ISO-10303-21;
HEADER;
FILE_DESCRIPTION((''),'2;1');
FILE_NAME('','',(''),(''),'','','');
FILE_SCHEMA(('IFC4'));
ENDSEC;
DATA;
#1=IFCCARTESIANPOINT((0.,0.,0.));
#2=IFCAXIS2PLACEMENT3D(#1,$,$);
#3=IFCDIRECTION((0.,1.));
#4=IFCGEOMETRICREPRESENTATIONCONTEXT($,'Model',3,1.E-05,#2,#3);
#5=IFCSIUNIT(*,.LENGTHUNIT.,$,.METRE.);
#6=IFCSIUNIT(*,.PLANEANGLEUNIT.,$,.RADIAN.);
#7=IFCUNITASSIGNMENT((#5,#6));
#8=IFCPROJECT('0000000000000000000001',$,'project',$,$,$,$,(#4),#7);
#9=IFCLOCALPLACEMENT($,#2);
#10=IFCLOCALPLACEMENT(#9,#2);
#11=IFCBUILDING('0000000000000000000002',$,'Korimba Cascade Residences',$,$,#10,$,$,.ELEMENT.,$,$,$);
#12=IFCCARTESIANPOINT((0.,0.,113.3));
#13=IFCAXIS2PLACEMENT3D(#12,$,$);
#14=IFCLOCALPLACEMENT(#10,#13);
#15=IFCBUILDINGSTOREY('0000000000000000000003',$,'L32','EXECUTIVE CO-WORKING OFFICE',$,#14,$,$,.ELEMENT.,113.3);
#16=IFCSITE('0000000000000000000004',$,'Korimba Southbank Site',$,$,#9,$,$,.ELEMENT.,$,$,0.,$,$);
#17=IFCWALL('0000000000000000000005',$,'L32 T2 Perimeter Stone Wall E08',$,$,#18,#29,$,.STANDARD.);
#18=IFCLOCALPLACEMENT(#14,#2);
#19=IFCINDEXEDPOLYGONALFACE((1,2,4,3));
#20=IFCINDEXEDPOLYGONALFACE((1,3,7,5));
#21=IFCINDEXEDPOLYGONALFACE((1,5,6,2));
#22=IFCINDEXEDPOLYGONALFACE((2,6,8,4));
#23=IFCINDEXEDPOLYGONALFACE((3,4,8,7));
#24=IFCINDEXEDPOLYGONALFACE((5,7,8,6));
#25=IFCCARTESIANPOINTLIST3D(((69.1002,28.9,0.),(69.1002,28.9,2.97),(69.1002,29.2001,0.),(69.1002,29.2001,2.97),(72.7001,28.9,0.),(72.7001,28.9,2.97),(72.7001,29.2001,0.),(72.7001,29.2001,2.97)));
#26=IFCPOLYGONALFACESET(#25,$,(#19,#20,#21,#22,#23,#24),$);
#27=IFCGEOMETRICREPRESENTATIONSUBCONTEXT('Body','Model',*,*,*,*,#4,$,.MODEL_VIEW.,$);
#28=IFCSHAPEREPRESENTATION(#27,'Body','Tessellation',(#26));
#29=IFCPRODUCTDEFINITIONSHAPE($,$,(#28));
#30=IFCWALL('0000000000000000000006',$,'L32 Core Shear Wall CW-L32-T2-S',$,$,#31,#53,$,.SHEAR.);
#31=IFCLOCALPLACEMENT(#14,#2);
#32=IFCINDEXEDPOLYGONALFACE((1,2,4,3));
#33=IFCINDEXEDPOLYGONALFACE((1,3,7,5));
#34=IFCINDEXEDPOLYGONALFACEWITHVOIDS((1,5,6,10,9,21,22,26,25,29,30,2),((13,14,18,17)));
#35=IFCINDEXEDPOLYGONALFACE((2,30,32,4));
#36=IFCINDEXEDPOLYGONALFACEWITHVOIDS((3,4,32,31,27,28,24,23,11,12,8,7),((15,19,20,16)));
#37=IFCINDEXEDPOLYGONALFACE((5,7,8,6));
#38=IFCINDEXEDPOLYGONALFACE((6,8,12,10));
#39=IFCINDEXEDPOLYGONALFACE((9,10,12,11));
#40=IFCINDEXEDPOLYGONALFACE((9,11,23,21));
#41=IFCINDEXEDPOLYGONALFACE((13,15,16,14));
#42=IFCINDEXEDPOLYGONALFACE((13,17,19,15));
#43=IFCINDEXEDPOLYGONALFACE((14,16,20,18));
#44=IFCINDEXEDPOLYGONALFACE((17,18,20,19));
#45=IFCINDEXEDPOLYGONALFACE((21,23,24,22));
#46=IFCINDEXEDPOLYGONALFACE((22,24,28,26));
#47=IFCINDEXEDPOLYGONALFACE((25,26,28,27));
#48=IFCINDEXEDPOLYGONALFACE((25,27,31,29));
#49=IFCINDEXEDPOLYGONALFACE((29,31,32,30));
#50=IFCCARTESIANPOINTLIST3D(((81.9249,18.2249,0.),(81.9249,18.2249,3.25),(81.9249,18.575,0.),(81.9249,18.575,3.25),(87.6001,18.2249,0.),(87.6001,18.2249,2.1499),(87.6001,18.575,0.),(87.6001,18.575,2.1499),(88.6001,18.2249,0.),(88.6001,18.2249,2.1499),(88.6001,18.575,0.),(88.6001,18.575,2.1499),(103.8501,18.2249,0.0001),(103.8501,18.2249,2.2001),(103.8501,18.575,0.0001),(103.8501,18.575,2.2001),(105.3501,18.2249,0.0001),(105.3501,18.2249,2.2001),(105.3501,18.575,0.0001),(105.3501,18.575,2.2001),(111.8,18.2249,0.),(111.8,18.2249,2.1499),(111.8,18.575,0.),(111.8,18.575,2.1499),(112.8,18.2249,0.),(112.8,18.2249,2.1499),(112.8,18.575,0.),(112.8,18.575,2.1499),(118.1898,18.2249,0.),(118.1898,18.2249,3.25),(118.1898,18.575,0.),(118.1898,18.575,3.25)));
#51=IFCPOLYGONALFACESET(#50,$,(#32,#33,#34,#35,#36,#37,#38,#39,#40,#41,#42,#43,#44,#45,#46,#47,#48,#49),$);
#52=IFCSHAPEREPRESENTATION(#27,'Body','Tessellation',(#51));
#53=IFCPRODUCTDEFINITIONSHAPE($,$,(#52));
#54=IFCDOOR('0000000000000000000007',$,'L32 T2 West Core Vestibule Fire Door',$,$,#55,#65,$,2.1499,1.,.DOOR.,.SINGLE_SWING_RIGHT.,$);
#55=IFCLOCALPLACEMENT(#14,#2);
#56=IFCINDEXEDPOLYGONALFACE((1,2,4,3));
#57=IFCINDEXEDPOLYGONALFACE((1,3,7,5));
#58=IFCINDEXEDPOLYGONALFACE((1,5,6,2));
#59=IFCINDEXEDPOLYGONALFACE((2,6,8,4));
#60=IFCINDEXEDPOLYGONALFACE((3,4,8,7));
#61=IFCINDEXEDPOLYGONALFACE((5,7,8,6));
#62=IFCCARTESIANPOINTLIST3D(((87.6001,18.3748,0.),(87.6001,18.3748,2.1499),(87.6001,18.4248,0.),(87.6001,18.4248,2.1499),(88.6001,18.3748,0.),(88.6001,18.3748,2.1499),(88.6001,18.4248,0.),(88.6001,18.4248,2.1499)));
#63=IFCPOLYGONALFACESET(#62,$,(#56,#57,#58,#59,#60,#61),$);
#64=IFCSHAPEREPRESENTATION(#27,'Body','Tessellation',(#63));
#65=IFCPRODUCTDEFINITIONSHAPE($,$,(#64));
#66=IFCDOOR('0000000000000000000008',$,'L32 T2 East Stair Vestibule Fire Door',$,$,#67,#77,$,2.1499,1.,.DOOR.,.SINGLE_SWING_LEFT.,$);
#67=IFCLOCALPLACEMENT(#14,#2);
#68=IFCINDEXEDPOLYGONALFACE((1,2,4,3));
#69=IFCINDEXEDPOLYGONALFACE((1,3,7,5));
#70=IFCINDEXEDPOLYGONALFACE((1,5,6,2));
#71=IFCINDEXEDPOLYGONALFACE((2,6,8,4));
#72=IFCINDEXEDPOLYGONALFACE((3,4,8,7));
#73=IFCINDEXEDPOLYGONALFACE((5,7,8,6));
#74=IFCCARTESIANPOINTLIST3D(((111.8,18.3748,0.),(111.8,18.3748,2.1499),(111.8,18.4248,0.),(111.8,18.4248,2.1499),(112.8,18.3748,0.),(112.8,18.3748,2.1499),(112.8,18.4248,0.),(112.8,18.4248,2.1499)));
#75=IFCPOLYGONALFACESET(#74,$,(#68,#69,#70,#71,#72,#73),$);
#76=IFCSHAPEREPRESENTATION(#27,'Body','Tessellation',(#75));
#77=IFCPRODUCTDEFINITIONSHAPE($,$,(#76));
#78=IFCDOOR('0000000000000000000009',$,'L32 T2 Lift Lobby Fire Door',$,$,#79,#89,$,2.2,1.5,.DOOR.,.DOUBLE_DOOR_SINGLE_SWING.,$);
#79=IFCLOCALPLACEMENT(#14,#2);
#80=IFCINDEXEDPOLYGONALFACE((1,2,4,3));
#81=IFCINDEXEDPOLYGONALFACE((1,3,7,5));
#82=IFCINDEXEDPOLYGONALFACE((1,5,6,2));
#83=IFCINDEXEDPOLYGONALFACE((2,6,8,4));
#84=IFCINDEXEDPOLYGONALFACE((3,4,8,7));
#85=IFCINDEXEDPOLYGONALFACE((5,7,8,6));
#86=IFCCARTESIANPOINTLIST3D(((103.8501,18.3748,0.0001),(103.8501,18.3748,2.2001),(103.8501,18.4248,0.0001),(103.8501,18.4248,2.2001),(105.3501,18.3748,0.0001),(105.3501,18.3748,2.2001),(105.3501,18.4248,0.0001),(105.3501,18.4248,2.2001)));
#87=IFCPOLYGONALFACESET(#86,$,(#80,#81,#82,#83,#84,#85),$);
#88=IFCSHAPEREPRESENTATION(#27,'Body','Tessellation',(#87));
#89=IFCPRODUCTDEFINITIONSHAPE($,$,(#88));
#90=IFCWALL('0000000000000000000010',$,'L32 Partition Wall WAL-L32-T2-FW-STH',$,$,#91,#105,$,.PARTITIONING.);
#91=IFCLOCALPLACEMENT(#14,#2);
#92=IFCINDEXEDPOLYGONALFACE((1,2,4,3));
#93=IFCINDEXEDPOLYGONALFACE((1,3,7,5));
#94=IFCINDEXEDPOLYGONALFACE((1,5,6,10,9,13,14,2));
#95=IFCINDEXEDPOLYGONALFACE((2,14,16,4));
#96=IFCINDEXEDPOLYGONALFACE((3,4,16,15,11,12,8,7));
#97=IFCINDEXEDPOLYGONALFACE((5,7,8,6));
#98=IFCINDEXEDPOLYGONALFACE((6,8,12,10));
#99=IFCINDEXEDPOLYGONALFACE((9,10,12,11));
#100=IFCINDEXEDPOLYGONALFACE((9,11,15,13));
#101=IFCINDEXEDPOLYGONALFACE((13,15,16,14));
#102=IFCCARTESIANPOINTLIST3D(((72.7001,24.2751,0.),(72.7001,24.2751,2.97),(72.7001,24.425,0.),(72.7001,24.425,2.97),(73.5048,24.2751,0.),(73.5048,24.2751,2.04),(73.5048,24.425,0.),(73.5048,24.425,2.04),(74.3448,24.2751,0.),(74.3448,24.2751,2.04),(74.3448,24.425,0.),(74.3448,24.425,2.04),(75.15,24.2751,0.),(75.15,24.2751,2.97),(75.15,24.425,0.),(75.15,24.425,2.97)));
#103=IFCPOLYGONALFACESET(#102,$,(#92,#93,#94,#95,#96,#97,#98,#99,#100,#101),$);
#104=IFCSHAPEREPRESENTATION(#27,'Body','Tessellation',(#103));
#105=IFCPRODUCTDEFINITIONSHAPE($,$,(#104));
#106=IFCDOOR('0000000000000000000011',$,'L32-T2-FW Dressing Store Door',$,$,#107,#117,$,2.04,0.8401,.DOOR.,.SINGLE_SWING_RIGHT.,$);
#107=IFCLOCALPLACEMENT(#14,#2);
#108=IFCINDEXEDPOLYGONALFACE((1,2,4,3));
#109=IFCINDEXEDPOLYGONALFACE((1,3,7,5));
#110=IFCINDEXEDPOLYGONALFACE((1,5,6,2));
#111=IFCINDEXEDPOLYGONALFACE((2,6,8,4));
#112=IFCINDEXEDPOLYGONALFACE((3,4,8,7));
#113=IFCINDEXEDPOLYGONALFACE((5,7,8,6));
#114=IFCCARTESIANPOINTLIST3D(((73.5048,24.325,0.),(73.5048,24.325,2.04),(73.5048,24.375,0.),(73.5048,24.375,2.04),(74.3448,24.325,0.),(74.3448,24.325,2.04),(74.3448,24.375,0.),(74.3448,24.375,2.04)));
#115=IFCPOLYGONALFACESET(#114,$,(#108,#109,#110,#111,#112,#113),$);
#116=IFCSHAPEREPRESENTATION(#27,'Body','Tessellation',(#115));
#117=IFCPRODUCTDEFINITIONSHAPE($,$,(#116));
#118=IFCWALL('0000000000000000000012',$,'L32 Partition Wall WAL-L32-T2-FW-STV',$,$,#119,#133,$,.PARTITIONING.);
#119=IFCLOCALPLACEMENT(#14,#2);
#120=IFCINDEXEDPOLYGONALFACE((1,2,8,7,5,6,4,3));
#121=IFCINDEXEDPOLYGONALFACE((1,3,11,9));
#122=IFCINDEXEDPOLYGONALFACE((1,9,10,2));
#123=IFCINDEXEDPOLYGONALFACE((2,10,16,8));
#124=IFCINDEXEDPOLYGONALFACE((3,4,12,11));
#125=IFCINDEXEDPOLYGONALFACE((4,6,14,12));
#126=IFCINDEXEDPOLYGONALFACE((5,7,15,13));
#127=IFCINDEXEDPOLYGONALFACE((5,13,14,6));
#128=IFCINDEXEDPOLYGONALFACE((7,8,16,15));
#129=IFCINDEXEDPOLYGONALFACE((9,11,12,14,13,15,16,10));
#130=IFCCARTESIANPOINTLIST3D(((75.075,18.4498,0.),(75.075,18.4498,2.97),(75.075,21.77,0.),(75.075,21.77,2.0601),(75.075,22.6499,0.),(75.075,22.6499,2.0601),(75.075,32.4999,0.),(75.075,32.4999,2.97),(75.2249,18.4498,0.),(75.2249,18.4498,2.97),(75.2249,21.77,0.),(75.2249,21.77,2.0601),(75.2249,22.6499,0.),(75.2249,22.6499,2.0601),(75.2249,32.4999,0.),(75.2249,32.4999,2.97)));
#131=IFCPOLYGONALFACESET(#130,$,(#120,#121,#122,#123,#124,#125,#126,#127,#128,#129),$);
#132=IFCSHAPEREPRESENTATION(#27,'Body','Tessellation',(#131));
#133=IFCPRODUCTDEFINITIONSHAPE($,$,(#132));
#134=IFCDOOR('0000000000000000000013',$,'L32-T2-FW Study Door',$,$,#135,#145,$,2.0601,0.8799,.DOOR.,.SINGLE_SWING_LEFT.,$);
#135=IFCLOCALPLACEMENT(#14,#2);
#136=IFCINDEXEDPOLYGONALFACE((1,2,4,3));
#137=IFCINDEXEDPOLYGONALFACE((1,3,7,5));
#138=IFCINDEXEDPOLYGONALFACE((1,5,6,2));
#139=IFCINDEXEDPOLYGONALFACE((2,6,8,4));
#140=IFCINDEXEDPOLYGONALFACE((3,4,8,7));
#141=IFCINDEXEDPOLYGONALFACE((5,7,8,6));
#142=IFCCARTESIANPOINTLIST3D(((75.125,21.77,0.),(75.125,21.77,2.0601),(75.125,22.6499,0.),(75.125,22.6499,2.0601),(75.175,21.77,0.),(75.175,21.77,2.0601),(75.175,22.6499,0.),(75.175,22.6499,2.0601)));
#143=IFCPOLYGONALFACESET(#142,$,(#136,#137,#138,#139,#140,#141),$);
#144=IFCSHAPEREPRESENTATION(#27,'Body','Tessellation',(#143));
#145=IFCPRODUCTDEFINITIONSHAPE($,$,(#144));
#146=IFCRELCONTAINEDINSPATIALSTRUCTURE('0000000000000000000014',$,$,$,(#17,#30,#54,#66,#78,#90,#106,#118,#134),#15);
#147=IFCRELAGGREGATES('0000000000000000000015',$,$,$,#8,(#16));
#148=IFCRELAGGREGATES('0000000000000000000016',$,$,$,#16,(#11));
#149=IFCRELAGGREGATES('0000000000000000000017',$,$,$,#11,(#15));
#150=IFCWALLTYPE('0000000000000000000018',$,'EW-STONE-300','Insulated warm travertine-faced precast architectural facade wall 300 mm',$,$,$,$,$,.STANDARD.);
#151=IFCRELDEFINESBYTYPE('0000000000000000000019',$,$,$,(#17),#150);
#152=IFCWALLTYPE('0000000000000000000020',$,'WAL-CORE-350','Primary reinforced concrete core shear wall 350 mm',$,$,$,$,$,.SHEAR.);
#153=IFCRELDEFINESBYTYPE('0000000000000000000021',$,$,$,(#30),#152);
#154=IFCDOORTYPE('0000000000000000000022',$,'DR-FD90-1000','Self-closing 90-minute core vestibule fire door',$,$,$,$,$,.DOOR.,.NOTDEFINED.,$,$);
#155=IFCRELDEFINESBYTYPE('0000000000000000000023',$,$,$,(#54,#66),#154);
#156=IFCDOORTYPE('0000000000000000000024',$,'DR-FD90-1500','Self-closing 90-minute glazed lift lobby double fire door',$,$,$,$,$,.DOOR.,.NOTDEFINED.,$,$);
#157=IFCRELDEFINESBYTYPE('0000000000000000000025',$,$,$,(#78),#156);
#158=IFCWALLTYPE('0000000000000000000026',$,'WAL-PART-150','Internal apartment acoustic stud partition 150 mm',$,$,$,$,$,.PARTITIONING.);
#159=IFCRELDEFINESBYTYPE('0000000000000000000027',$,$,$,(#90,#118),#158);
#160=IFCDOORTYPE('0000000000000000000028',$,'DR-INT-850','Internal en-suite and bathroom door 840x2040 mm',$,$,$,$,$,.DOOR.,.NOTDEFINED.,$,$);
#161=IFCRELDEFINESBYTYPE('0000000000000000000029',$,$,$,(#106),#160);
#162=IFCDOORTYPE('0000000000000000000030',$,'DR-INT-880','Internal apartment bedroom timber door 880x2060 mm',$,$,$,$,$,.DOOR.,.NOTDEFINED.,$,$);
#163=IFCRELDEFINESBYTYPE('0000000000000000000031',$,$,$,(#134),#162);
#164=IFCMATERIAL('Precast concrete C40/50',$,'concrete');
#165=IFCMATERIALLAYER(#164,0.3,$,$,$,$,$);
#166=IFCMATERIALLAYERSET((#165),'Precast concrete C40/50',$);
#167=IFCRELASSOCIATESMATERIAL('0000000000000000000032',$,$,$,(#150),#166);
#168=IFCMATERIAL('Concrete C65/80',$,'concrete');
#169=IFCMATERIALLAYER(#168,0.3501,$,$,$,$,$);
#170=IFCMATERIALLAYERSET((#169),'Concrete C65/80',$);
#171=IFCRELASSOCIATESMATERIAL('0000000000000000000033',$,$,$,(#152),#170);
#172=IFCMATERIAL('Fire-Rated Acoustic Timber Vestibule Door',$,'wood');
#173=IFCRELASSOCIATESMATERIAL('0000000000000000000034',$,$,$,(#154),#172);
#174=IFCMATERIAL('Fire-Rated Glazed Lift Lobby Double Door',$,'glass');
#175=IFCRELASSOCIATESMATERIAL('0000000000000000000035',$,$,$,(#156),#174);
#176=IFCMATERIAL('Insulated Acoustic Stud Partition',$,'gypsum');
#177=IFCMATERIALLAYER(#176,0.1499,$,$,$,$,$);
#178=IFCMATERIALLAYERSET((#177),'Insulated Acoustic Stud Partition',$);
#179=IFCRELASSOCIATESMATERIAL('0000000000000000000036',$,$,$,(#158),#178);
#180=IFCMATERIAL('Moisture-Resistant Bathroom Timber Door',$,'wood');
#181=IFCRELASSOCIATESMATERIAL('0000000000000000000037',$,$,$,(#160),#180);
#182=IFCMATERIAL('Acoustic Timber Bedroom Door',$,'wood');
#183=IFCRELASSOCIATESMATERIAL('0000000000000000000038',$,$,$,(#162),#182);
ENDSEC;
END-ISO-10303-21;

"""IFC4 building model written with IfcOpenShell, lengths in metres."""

from ifc_helpers import new_model, si_unit, direction, frame, frame_2d, origin, place, context, subcontext, project, spatial, rectangle, extrude, material, layer, layer_set, type_object, element, fill, save


model = new_model("IFC4")

# Units and contexts
model_context = context("Model", 3, precision=1e-05, world=origin(), true_north=direction((0.0, 1.0)))
body_context = subcontext(model_context, "Body", "Model", "MODEL_VIEW")
ifc_project = project(units=[si_unit("LENGTHUNIT", "METRE"), si_unit("PLANEANGLEUNIT", "RADIAN")], contexts=[model_context])

# Site, building, storey
site_placement = place(None, origin())
site = spatial("IfcSite", under=ifc_project, at=site_placement, Name="Korimba Southbank Site", CompositionType="ELEMENT", RefElevation=0.0)
building_placement = place(site_placement, origin())
building = spatial("IfcBuilding", under=site, at=building_placement, Name="Korimba Cascade Residences", CompositionType="ELEMENT")
storey_placement = place(building_placement, frame((0.0, 0.0, 113.3)))
storey = spatial("IfcBuildingStorey", under=building, at=storey_placement, Name="L32", Description="EXECUTIVE CO-WORKING OFFICE", CompositionType="ELEMENT", Elevation=113.3)

# Shared definitions
ifc_material_1 = material(Name="Concrete C65/80", Category="concrete")

# Wall
ifc_material_2 = material(Name="Precast concrete C40/50", Category="concrete")
ifc_layer_1 = layer(ifc_material_2, 0.3)
ifc_layer_set_1 = layer_set([ifc_layer_1], Name="Precast concrete C40/50")
wall_type_1 = type_object("IfcWallType", Name="EW-STONE-300", Description="Insulated warm travertine-faced precast architectural facade wall 300 mm", PredefinedType="STANDARD", material=ifc_layer_set_1)
wall_1_placement = place(storey_placement, frame((72.7, 29.05, 0.0), z_axis=(0.0, 0.0, 1.0), x_axis=(-1.0, 0.0, 0.0)))
element("IfcWall", 1, at=wall_1_placement, inside=storey, type_object=wall_type_1, Name="L32 T2 Perimeter Stone Wall E08", PredefinedType="STANDARD", context=body_context, shape_type="SweptSolid", body=[
    extrude(rectangle(XDim=3.5999, YDim=0.3, at=frame_2d((1.7998, 0.0))), origin(), (0.0, 0.0, 1.0), 2.97),
])

# Wall, openings, doors
ifc_layer_2 = layer(ifc_material_1, 0.3501)
ifc_layer_set_2 = layer_set([ifc_layer_2], Name="Concrete C65/80")
wall_type_2 = type_object("IfcWallType", Name="WAL-CORE-350", Description="Primary reinforced concrete core shear wall 350 mm", PredefinedType="SHEAR", material=ifc_layer_set_2)
wall_2_placement = place(storey_placement, frame((81.925, 18.3999, 0.0), z_axis=(0.0, 0.0, 1.0), x_axis=(1.0, 0.0, 0.0)))
wall_2 = element("IfcWall", 2, at=wall_2_placement, inside=storey, type_object=wall_type_2, Name="L32 Core Shear Wall CW-L32-T2-S", PredefinedType="SHEAR", context=body_context, shape_type="SweptSolid", body=[
    extrude(rectangle(XDim=36.2649, YDim=0.3501, at=frame_2d((18.1323, 0.0))), origin(), (0.0, 0.0, 1.0), 3.25),
])
opening_1_placement = place(wall_2_placement, frame((5.675, 0.0, 0.0)))
opening_1 = element("IfcOpeningElement", 3, at=opening_1_placement, cuts=wall_2, PredefinedType="OPENING", context=body_context, shape_type="SweptSolid", body=[
    extrude(rectangle(XDim=1.0, YDim=2.1499, at=frame_2d((0.5, 1.075))), frame((0.0, 0.1851, 0.0), z_axis=(0.0, -1.0, 0.0), x_axis=(1.0, 0.0, 0.0)), (0.0, 0.0, 1.0), 0.3701),
])
opening_2_placement = place(wall_2_placement, frame((21.925, 0.0, 0.0)))
opening_2 = element("IfcOpeningElement", 4, at=opening_2_placement, cuts=wall_2, PredefinedType="OPENING", context=body_context, shape_type="SweptSolid", body=[
    extrude(rectangle(XDim=1.5, YDim=2.2, at=frame_2d((0.75, 1.1001))), frame((0.0, 0.1851, 0.0), z_axis=(0.0, -1.0, 0.0), x_axis=(1.0, 0.0, 0.0)), (0.0, 0.0, 1.0), 0.3701),
])
opening_3_placement = place(wall_2_placement, frame((29.875, 0.0, 0.0)))
opening_3 = element("IfcOpeningElement", 5, at=opening_3_placement, cuts=wall_2, PredefinedType="OPENING", context=body_context, shape_type="SweptSolid", body=[
    extrude(rectangle(XDim=1.0, YDim=2.1499, at=frame_2d((0.5, 1.075))), frame((0.0, 0.1851, 0.0), z_axis=(0.0, -1.0, 0.0), x_axis=(1.0, 0.0, 0.0)), (0.0, 0.0, 1.0), 0.3701),
])
ifc_material_3 = material(Name="Fire-Rated Acoustic Timber Vestibule Door", Category="wood")
door_type_1 = type_object("IfcDoorType", Name="DR-FD90-1000", Description="Self-closing 90-minute core vestibule fire door", OperationType="NOTDEFINED", PredefinedType="DOOR", material=ifc_material_3)
door_1_placement = place(opening_1_placement, origin())
door_1 = element("IfcDoor", 6, at=door_1_placement, inside=storey, type_object=door_type_1, Name="L32 T2 West Core Vestibule Fire Door", OperationType="SINGLE_SWING_RIGHT", OverallHeight=2.1499, OverallWidth=1.0, PredefinedType="DOOR", context=body_context, shape_type="SweptSolid", body=[
    extrude(rectangle(XDim=1.0, YDim=2.1499, at=frame_2d((0.5, 1.075))), frame((0.0, 0.0249, 0.0), z_axis=(0.0, -1.0, 0.0), x_axis=(1.0, 0.0, 0.0)), (0.0, 0.0, 1.0), 0.05),
])
fill(opening_1, door_1)
door_2_placement = place(opening_3_placement, origin())
door_2 = element("IfcDoor", 7, at=door_2_placement, inside=storey, type_object=door_type_1, Name="L32 T2 East Stair Vestibule Fire Door", OperationType="SINGLE_SWING_LEFT", OverallHeight=2.1499, OverallWidth=1.0, PredefinedType="DOOR", context=body_context, shape_type="SweptSolid", body=[
    extrude(rectangle(XDim=1.0, YDim=2.1499, at=frame_2d((0.5, 1.075))), frame((0.0, 0.0249, 0.0), z_axis=(0.0, -1.0, 0.0), x_axis=(1.0, 0.0, 0.0)), (0.0, 0.0, 1.0), 0.05),
])
fill(opening_3, door_2)
ifc_material_4 = material(Name="Fire-Rated Glazed Lift Lobby Double Door", Category="glass")
door_type_2 = type_object("IfcDoorType", Name="DR-FD90-1500", Description="Self-closing 90-minute glazed lift lobby double fire door", OperationType="NOTDEFINED", PredefinedType="DOOR", material=ifc_material_4)
door_3_placement = place(opening_2_placement, origin())
door_3 = element("IfcDoor", 8, at=door_3_placement, inside=storey, type_object=door_type_2, Name="L32 T2 Lift Lobby Fire Door", OperationType="DOUBLE_DOOR_SINGLE_SWING", OverallHeight=2.2, OverallWidth=1.5, PredefinedType="DOOR", context=body_context, shape_type="SweptSolid", body=[
    extrude(rectangle(XDim=1.5, YDim=2.2, at=frame_2d((0.75, 1.1001))), frame((0.0, 0.0249, 0.0), z_axis=(0.0, -1.0, 0.0), x_axis=(1.0, 0.0, 0.0)), (0.0, 0.0, 1.0), 0.05),
])
fill(opening_2, door_3)

# Walls, openings, doors
ifc_material_5 = material(Name="Insulated Acoustic Stud Partition", Category="gypsum")
ifc_layer_3 = layer(ifc_material_5, 0.1499)
ifc_layer_set_3 = layer_set([ifc_layer_3], Name="Insulated Acoustic Stud Partition")
wall_type_3 = type_object("IfcWallType", Name="WAL-PART-150", Description="Internal apartment acoustic stud partition 150 mm", PredefinedType="PARTITIONING", material=ifc_layer_set_3)
wall_3_placement = place(storey_placement, frame((72.7, 24.3501, 0.0), z_axis=(0.0, 0.0, 1.0), x_axis=(1.0, 0.0, 0.0)))
wall_3 = element("IfcWall", 9, at=wall_3_placement, inside=storey, type_object=wall_type_3, Name="L32 Partition Wall WAL-L32-T2-FW-STH", PredefinedType="PARTITIONING", context=body_context, shape_type="SweptSolid", body=[
    extrude(rectangle(XDim=2.45, YDim=0.1499, at=frame_2d((1.2251, 0.0))), origin(), (0.0, 0.0, 1.0), 2.97),
])
opening_4_placement = place(wall_3_placement, frame((0.8049, 0.0, 0.0)))
opening_4 = element("IfcOpeningElement", 10, at=opening_4_placement, cuts=wall_3, PredefinedType="OPENING", context=body_context, shape_type="SweptSolid", body=[
    extrude(rectangle(XDim=0.8401, YDim=2.04, at=frame_2d((0.4199, 1.02))), frame((0.0, 0.085, 0.0), z_axis=(0.0, -1.0, 0.0), x_axis=(1.0, 0.0, 0.0)), (0.0, 0.0, 1.0), 0.1699),
])
ifc_material_6 = material(Name="Moisture-Resistant Bathroom Timber Door", Category="wood")
door_type_3 = type_object("IfcDoorType", Name="DR-INT-850", Description="Internal en-suite and bathroom door 840x2040 mm", OperationType="NOTDEFINED", PredefinedType="DOOR", material=ifc_material_6)
door_4_placement = place(opening_4_placement, origin())
door_4 = element("IfcDoor", 11, at=door_4_placement, inside=storey, type_object=door_type_3, Name="L32-T2-FW Dressing Store Door", OperationType="SINGLE_SWING_RIGHT", OverallHeight=2.04, OverallWidth=0.8401, PredefinedType="DOOR", context=body_context, shape_type="SweptSolid", body=[
    extrude(rectangle(XDim=0.8401, YDim=2.04, at=frame_2d((0.4199, 1.02))), frame((0.0, 0.0249, 0.0), z_axis=(0.0, -1.0, 0.0), x_axis=(1.0, 0.0, 0.0)), (0.0, 0.0, 1.0), 0.05),
])
fill(opening_4, door_4)
wall_4_placement = place(storey_placement, frame((75.1499, 18.45, 0.0), z_axis=(0.0, 0.0, 1.0), x_axis=(0.0, 1.0, 0.0)))
wall_4 = element("IfcWall", 12, at=wall_4_placement, inside=storey, type_object=wall_type_3, Name="L32 Partition Wall WAL-L32-T2-FW-STV", PredefinedType="PARTITIONING", context=body_context, shape_type="SweptSolid", body=[
    extrude(rectangle(XDim=14.05, YDim=0.1499, at=frame_2d((7.0249, 0.0))), origin(), (0.0, 0.0, 1.0), 2.97),
])
opening_5_placement = place(wall_4_placement, frame((3.3201, 0.0, 0.0)))
opening_5 = element("IfcOpeningElement", 13, at=opening_5_placement, cuts=wall_4, PredefinedType="OPENING", context=body_context, shape_type="SweptSolid", body=[
    extrude(rectangle(XDim=0.8799, YDim=2.0601, at=frame_2d((0.4399, 1.03))), frame((0.0, 0.085, 0.0), z_axis=(0.0, -1.0, 0.0), x_axis=(1.0, 0.0, 0.0)), (0.0, 0.0, 1.0), 0.1699),
])
ifc_material_7 = material(Name="Acoustic Timber Bedroom Door", Category="wood")
door_type_4 = type_object("IfcDoorType", Name="DR-INT-880", Description="Internal apartment bedroom timber door 880x2060 mm", OperationType="NOTDEFINED", PredefinedType="DOOR", material=ifc_material_7)
door_5_placement = place(opening_5_placement, origin())
door_5 = element("IfcDoor", 14, at=door_5_placement, inside=storey, type_object=door_type_4, Name="L32-T2-FW Study Door", OperationType="SINGLE_SWING_LEFT", OverallHeight=2.0601, OverallWidth=0.8799, PredefinedType="DOOR", context=body_context, shape_type="SweptSolid", body=[
    extrude(rectangle(XDim=0.8799, YDim=2.0601, at=frame_2d((0.4399, 1.03))), frame((0.0, 0.0249, 0.0), z_axis=(0.0, -1.0, 0.0), x_axis=(1.0, 0.0, 0.0)), (0.0, 0.0, 1.0), 0.05),
])
fill(opening_5, door_5)

save(model, "model.ifc")
